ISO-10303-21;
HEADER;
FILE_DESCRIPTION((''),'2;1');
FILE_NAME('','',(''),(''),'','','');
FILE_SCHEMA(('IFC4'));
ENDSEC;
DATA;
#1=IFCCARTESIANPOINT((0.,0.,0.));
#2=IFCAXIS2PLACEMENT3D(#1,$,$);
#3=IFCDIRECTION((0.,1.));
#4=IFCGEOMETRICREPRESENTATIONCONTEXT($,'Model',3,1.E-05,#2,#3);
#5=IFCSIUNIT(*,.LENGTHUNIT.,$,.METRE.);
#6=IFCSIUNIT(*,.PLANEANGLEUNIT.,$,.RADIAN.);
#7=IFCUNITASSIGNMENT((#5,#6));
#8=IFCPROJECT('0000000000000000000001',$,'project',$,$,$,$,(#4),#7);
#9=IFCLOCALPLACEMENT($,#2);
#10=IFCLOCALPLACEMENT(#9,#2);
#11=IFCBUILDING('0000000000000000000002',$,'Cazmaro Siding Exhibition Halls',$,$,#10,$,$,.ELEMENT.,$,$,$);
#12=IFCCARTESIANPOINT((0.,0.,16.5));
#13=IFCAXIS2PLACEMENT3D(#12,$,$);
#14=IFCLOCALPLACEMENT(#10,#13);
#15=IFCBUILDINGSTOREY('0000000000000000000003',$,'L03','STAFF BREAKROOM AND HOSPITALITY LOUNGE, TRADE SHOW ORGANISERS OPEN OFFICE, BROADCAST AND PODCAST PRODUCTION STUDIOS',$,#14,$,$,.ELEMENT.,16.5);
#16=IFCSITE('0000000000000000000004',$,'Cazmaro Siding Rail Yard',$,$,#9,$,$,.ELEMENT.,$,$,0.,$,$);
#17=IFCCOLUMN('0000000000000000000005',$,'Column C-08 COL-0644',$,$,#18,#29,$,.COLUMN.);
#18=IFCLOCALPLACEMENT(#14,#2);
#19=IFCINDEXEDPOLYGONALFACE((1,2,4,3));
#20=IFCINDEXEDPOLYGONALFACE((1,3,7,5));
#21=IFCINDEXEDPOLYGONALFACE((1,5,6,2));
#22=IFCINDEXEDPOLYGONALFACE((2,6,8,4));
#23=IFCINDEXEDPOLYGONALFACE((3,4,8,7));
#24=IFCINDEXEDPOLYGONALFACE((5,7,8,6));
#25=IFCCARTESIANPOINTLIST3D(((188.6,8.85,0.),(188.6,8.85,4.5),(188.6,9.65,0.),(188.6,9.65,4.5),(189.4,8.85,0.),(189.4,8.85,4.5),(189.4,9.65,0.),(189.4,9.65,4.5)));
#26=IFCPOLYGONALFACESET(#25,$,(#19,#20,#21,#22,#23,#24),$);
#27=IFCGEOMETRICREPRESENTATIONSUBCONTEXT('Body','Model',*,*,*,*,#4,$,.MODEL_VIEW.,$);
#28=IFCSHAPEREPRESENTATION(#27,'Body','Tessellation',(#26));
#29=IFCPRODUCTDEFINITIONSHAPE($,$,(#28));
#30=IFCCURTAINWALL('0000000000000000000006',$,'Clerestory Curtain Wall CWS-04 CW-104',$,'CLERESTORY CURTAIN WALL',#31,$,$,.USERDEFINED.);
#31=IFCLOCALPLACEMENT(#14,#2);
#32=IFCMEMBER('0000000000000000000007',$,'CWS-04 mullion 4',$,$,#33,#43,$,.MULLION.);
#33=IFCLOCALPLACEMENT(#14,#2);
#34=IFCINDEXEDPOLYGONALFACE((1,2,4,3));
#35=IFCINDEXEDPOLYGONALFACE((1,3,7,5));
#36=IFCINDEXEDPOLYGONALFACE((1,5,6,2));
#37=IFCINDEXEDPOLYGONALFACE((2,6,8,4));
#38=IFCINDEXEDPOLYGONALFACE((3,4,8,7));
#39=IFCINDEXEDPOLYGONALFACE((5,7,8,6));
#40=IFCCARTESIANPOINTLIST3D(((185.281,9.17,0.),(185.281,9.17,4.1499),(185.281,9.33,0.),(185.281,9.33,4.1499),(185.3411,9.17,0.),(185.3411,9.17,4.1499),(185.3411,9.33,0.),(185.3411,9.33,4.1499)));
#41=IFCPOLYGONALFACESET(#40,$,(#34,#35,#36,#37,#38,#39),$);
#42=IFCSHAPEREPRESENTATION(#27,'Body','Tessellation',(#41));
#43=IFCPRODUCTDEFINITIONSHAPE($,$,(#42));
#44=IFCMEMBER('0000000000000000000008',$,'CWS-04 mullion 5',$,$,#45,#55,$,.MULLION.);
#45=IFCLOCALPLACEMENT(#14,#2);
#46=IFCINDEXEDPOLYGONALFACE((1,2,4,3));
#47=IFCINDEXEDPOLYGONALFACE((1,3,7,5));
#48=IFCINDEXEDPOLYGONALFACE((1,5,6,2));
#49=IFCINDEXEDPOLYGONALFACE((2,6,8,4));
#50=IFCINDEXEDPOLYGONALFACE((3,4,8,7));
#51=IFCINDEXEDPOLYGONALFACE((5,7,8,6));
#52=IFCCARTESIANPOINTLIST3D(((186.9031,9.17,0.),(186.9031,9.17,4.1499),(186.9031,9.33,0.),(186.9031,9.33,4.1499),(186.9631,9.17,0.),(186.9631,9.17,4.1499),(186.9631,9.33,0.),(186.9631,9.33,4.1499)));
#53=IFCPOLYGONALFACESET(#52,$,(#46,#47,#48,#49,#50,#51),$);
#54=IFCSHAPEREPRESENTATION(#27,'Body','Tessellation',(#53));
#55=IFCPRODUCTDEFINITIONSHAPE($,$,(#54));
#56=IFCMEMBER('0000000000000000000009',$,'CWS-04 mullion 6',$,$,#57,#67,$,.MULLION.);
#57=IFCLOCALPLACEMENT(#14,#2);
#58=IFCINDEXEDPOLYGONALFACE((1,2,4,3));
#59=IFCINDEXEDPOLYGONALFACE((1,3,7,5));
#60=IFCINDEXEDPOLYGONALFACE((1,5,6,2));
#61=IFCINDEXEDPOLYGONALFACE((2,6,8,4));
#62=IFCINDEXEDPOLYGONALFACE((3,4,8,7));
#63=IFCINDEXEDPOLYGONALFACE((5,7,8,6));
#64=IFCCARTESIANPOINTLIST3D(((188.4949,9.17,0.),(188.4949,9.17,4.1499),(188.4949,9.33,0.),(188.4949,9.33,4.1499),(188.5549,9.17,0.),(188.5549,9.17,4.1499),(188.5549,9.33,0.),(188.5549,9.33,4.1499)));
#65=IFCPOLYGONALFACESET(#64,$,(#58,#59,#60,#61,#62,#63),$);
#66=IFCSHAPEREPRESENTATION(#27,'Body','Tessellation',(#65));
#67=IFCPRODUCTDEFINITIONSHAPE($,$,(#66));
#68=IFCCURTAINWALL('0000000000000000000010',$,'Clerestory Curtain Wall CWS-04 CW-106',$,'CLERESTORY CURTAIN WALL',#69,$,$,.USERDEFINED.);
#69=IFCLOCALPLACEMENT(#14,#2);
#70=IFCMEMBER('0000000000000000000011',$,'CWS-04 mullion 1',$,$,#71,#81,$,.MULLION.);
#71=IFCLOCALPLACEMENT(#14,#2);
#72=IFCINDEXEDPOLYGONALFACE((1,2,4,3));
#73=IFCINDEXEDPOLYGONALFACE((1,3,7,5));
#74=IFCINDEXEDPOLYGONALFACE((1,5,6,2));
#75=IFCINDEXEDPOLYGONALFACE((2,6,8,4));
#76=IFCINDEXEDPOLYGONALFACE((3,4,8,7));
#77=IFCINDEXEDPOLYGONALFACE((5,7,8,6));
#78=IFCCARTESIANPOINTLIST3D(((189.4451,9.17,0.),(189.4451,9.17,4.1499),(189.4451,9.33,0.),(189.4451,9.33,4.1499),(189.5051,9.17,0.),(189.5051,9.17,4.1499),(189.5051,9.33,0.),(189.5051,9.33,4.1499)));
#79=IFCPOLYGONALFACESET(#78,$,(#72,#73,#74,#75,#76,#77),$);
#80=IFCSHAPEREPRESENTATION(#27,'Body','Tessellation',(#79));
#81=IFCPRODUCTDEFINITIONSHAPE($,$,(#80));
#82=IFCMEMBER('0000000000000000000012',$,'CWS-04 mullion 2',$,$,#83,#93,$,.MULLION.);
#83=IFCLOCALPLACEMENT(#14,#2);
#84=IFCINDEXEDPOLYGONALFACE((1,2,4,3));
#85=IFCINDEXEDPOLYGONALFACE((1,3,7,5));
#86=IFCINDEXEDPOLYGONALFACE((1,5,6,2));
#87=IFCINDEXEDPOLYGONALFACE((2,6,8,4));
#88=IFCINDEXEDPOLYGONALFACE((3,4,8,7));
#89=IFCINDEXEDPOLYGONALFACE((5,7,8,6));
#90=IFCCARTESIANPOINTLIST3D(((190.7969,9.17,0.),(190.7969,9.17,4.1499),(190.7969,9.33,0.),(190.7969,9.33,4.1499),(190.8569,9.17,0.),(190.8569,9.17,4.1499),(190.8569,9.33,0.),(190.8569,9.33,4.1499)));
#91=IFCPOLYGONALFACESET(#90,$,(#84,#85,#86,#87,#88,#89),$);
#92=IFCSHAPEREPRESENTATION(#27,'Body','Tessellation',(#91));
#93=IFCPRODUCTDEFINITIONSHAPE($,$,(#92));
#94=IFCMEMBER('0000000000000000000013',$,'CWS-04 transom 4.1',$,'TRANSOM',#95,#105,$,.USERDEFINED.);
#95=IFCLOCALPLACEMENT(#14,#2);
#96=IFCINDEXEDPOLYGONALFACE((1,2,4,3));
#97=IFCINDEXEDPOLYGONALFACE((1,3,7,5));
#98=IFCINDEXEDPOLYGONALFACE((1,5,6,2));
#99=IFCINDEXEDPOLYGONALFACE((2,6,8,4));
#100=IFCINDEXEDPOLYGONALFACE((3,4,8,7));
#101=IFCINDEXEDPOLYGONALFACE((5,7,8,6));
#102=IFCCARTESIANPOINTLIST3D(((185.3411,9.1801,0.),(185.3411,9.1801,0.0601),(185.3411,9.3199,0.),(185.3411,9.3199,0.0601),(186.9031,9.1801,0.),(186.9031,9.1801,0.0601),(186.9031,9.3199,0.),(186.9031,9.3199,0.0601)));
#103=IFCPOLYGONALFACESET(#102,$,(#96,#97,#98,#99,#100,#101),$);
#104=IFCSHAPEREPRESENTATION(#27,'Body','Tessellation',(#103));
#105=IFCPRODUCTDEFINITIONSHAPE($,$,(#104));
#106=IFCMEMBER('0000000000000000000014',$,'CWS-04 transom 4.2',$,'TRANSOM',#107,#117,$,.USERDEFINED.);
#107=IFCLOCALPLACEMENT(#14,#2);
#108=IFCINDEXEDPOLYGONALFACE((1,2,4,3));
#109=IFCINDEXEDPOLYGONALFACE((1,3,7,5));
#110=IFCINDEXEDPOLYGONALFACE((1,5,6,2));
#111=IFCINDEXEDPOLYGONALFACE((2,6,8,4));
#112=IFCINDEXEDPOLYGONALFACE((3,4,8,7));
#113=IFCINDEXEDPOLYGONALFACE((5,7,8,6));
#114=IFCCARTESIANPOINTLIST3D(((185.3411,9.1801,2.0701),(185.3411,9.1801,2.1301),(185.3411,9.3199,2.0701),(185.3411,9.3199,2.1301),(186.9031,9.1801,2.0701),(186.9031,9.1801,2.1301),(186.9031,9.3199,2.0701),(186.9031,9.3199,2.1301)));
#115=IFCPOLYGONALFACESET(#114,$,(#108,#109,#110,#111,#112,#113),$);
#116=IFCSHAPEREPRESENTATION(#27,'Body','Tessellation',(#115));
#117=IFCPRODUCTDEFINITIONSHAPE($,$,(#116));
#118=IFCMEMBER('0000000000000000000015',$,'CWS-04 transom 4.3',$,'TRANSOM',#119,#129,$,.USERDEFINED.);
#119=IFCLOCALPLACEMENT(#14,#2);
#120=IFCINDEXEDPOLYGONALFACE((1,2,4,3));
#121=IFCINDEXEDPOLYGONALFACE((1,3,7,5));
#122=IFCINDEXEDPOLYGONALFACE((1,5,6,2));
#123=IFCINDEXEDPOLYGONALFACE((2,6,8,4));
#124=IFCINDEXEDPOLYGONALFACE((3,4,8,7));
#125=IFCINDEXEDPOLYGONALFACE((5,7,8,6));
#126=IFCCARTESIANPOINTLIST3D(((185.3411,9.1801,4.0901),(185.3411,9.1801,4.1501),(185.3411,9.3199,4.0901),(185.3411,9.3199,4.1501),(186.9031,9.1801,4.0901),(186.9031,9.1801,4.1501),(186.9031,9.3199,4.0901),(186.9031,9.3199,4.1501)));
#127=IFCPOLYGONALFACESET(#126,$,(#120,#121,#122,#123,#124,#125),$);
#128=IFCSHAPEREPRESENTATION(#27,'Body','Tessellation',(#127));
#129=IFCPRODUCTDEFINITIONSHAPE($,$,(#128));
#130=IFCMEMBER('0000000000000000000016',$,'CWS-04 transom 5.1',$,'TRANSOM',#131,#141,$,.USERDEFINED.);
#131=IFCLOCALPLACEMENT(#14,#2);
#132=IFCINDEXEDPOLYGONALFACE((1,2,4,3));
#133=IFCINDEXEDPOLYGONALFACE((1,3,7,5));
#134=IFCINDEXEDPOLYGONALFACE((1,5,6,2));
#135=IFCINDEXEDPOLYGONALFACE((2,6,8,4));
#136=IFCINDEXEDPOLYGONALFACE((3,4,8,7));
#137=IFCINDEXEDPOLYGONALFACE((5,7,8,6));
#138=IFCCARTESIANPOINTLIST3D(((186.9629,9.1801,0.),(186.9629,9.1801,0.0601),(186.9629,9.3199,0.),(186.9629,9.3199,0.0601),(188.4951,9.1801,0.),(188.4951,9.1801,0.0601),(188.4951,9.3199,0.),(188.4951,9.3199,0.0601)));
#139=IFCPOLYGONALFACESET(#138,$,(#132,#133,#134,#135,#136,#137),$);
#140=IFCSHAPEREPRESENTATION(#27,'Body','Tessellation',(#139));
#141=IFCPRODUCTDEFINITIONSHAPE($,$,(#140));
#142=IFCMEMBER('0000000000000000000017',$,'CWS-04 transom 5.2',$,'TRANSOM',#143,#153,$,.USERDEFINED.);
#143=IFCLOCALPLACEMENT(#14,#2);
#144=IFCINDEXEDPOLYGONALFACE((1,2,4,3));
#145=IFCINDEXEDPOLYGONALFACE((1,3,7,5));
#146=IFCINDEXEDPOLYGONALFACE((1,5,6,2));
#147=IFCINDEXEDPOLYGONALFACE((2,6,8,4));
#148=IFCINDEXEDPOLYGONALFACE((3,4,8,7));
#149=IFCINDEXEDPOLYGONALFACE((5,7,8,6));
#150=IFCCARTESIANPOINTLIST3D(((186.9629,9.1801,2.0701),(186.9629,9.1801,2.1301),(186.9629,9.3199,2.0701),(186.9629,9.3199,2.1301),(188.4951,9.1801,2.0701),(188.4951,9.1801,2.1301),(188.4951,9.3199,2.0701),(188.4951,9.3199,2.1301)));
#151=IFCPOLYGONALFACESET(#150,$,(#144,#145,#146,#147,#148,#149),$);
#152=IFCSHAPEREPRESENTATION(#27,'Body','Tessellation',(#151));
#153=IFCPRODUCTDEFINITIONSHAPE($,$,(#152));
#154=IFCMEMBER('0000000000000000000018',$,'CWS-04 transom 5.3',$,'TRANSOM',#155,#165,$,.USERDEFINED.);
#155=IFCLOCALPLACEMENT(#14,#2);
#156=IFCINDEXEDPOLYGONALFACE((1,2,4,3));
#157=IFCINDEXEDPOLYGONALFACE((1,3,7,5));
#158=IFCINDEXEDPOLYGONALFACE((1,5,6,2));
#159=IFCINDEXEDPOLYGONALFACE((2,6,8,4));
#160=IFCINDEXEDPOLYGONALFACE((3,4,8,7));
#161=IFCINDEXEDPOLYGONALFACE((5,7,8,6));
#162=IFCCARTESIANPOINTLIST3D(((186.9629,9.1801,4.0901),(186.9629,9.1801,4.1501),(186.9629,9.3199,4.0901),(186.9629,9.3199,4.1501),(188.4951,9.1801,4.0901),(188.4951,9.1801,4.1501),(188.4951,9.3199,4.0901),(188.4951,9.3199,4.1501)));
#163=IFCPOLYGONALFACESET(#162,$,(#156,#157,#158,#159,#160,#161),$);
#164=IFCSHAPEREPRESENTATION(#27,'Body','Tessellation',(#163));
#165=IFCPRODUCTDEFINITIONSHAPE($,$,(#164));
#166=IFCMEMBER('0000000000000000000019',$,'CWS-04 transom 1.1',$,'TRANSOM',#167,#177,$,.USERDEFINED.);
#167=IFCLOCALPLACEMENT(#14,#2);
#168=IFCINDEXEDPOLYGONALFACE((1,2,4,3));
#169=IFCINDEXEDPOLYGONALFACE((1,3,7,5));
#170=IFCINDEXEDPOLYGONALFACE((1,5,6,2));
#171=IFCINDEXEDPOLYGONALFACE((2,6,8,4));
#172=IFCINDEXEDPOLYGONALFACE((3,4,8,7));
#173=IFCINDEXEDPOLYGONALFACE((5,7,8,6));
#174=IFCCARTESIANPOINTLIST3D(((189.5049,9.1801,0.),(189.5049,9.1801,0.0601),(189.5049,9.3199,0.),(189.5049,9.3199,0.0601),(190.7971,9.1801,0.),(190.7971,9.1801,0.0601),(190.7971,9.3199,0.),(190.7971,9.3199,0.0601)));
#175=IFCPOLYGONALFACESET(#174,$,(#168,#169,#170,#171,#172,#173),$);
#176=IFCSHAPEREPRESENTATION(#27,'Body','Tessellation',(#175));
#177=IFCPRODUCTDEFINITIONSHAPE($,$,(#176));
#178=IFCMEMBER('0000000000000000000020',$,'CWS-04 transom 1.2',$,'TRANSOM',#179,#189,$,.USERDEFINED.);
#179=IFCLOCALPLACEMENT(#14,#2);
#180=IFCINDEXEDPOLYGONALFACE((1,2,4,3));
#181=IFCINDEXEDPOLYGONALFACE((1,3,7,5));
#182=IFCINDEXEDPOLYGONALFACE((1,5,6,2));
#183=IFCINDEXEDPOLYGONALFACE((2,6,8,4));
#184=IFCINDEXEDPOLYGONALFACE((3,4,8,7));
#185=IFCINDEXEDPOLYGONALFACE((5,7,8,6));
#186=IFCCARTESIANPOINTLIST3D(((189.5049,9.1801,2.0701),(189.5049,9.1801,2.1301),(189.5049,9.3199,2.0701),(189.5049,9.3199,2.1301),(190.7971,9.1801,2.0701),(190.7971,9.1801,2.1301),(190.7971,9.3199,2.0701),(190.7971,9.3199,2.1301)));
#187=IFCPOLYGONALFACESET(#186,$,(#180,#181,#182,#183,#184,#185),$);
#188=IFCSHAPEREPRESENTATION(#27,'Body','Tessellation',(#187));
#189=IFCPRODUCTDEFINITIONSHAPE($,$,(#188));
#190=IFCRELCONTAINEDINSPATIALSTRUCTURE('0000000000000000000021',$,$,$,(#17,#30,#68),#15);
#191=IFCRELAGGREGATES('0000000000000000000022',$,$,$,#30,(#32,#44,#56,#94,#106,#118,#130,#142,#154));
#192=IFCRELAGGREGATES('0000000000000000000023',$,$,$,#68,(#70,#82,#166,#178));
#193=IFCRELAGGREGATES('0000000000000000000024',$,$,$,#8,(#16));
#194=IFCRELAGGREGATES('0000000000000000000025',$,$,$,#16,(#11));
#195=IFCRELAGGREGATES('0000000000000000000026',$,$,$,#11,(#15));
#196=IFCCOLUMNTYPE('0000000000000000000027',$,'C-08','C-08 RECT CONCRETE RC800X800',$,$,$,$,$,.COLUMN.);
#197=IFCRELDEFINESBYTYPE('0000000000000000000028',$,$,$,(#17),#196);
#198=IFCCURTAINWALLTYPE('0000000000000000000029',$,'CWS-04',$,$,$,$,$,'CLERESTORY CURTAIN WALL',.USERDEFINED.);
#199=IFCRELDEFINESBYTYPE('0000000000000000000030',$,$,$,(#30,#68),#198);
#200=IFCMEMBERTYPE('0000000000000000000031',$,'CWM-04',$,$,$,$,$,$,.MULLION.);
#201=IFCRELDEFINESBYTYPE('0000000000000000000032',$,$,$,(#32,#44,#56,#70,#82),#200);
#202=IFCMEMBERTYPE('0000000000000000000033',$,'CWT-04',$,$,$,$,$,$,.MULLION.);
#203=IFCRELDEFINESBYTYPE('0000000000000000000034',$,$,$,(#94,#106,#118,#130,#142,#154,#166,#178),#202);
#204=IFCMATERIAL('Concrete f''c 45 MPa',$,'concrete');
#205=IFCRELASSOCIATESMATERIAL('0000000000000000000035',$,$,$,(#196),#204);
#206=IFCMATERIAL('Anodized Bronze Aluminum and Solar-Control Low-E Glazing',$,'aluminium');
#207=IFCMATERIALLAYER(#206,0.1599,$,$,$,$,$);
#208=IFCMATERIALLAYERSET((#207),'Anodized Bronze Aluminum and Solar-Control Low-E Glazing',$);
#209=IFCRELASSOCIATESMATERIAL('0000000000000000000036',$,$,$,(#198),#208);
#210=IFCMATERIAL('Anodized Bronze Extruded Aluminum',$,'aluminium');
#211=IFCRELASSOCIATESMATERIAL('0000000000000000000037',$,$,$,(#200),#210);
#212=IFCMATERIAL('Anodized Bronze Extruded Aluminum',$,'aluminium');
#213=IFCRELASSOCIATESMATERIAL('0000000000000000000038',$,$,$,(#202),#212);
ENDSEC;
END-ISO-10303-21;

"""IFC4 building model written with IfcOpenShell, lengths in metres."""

from ifc_helpers import new_model, si_unit, direction, frame, origin, origin_2d, place, context, subcontext, project, spatial, rectangle, extrude, material, layer, layer_set, material_profile, profile_set, type_object, element, aggregate, save


model = new_model("IFC4")

# Units and contexts
model_context = context("Model", 3, precision=1e-05, world=origin(), true_north=direction((0.0, 1.0)))
body_context = subcontext(model_context, "Body", "Model", "MODEL_VIEW")
ifc_project = project(units=[si_unit("LENGTHUNIT", "METRE"), si_unit("PLANEANGLEUNIT", "RADIAN")], contexts=[model_context])

# Site, building, storey
site_placement = place(None, origin())
site = spatial("IfcSite", under=ifc_project, at=site_placement, Name="Cazmaro Siding Rail Yard", CompositionType="ELEMENT", RefElevation=0.0)
building_placement = place(site_placement, origin())
building = spatial("IfcBuilding", under=site, at=building_placement, Name="Cazmaro Siding Exhibition Halls", CompositionType="ELEMENT")
storey_placement = place(building_placement, frame((0.0, 0.0, 16.5)))
storey = spatial("IfcBuildingStorey", under=building, at=storey_placement, Name="L03", Description="STAFF BREAKROOM AND HOSPITALITY LOUNGE, TRADE SHOW ORGANISERS OPEN OFFICE, BROADCAST AND PODCAST PRODUCTION STUDIOS", CompositionType="ELEMENT", Elevation=16.5)

# Column
ifc_material_1 = material(Name="Concrete f'c 45 MPa", Category="concrete")
ifc_material_profile_1 = material_profile(ifc_material_1, rectangle(XDim=0.8, YDim=0.8, at=origin_2d()), Name="RC800X800")
ifc_profile_set_1 = profile_set([ifc_material_profile_1], Name="Concrete f'c 45 MPa")
column_type = type_object("IfcColumnType", Name="C-08", Description="C-08 RECT CONCRETE RC800X800", PredefinedType="COLUMN", material=ifc_profile_set_1)
column_placement = place(storey_placement, frame((189.0, 9.25, 0.0), z_axis=(0.0, 0.0, 1.0), x_axis=(1.0, 0.0, 0.0)))
element("IfcColumn", 1, at=column_placement, inside=storey, type_object=column_type, Name="Column C-08 COL-0644", PredefinedType="COLUMN", context=body_context, shape_type="SweptSolid", body=[
    extrude(rectangle(XDim=0.8, YDim=0.8, at=origin_2d()), origin(), (0.0, 0.0, 1.0), 4.5),
])

# Curtain walls, members
ifc_material_2 = material(Name="Anodized Bronze Aluminum and Solar-Control Low-E Glazing", Category="aluminium")
ifc_layer_1 = layer(ifc_material_2, 0.1599)
ifc_layer_set_1 = layer_set([ifc_layer_1], Name="Anodized Bronze Aluminum and Solar-Control Low-E Glazing")
curtain_wall_type = type_object("IfcCurtainWallType", Name="CWS-04", ElementType="CLERESTORY CURTAIN WALL", PredefinedType="USERDEFINED", material=ifc_layer_set_1)
curtain_wall_1_placement = place(storey_placement, origin())
curtain_wall_1 = element("IfcCurtainWall", 2, at=curtain_wall_1_placement, inside=storey, type_object=curtain_wall_type, Name="Clerestory Curtain Wall CWS-04 CW-104", ObjectType="CLERESTORY CURTAIN WALL", PredefinedType="USERDEFINED")
ifc_material_3 = material(Name="Anodized Bronze Extruded Aluminum", Category="aluminium")
ifc_material_profile_2 = material_profile(ifc_material_3, rectangle(XDim=0.1599, YDim=0.0601, at=origin_2d()), Name="CWM-04")
ifc_profile_set_2 = profile_set([ifc_material_profile_2], Name="Anodized Bronze Extruded Aluminum")
member_type_1 = type_object("IfcMemberType", Name="CWM-04", PredefinedType="MULLION", material=ifc_profile_set_2)
member_1_placement = place(storey_placement, frame((185.311, 9.25, 0.0), z_axis=(0.0, 0.0, 1.0), x_axis=(0.0, 1.0, 0.0)))
member_1 = element("IfcMember", 3, at=member_1_placement, type_object=member_type_1, Name="CWS-04 mullion 4", PredefinedType="MULLION", context=body_context, shape_type="SweptSolid", body=[
    extrude(rectangle(XDim=0.1599, YDim=0.0601, at=origin_2d()), origin(), (0.0, 0.0, 1.0), 4.1499),
])
member_2_placement = place(storey_placement, frame((186.9331, 9.25, 0.0), z_axis=(0.0, 0.0, 1.0), x_axis=(0.0, 1.0, 0.0)))
member_2 = element("IfcMember", 4, at=member_2_placement, type_object=member_type_1, Name="CWS-04 mullion 5", PredefinedType="MULLION", context=body_context, shape_type="SweptSolid", body=[
    extrude(rectangle(XDim=0.1599, YDim=0.0601, at=origin_2d()), origin(), (0.0, 0.0, 1.0), 4.1499),
])
member_3_placement = place(storey_placement, frame((188.5249, 9.25, 0.0), z_axis=(0.0, 0.0, 1.0), x_axis=(0.0, 1.0, 0.0)))
member_3 = element("IfcMember", 5, at=member_3_placement, type_object=member_type_1, Name="CWS-04 mullion 6", PredefinedType="MULLION", context=body_context, shape_type="SweptSolid", body=[
    extrude(rectangle(XDim=0.1599, YDim=0.0601, at=origin_2d()), origin(), (0.0, 0.0, 1.0), 4.1499),
])
curtain_wall_2_placement = place(storey_placement, origin())
curtain_wall_2 = element("IfcCurtainWall", 6, at=curtain_wall_2_placement, inside=storey, type_object=curtain_wall_type, Name="Clerestory Curtain Wall CWS-04 CW-106", ObjectType="CLERESTORY CURTAIN WALL", PredefinedType="USERDEFINED")
member_4_placement = place(storey_placement, frame((189.4751, 9.25, 0.0), z_axis=(0.0, 0.0, 1.0), x_axis=(0.0, 1.0, 0.0)))
member_4 = element("IfcMember", 7, at=member_4_placement, type_object=member_type_1, Name="CWS-04 mullion 1", PredefinedType="MULLION", context=body_context, shape_type="SweptSolid", body=[
    extrude(rectangle(XDim=0.1599, YDim=0.0601, at=origin_2d()), origin(), (0.0, 0.0, 1.0), 4.1499),
])
member_5_placement = place(storey_placement, frame((190.8269, 9.25, 0.0), z_axis=(0.0, 0.0, 1.0), x_axis=(0.0, 1.0, 0.0)))
member_5 = element("IfcMember", 8, at=member_5_placement, type_object=member_type_1, Name="CWS-04 mullion 2", PredefinedType="MULLION", context=body_context, shape_type="SweptSolid", body=[
    extrude(rectangle(XDim=0.1599, YDim=0.0601, at=origin_2d()), origin(), (0.0, 0.0, 1.0), 4.1499),
])

# Members
ifc_material_4 = material(Name="Anodized Bronze Extruded Aluminum", Category="aluminium")
ifc_material_profile_3 = material_profile(ifc_material_4, rectangle(XDim=0.1399, YDim=0.0601, at=origin_2d()), Name="CWT-04")
ifc_profile_set_3 = profile_set([ifc_material_profile_3], Name="Anodized Bronze Extruded Aluminum")
member_type_2 = type_object("IfcMemberType", Name="CWT-04", PredefinedType="MULLION", material=ifc_profile_set_3)
member_6_placement = place(storey_placement, frame((185.3411, 9.25, 0.03), z_axis=(1.0, 0.0, 0.0), x_axis=(0.0, 1.0, 0.0)))
member_6 = element("IfcMember", 9, at=member_6_placement, type_object=member_type_2, Name="CWS-04 transom 4.1", ObjectType="TRANSOM", PredefinedType="USERDEFINED", context=body_context, shape_type="SweptSolid", body=[
    extrude(rectangle(XDim=0.1399, YDim=0.0601, at=origin_2d()), origin(), (0.0, 0.0, 1.0), 1.562),
])
member_7_placement = place(storey_placement, frame((185.3411, 9.25, 2.1001), z_axis=(1.0, 0.0, 0.0), x_axis=(0.0, 1.0, 0.0)))
member_7 = element("IfcMember", 10, at=member_7_placement, type_object=member_type_2, Name="CWS-04 transom 4.2", ObjectType="TRANSOM", PredefinedType="USERDEFINED", context=body_context, shape_type="SweptSolid", body=[
    extrude(rectangle(XDim=0.1399, YDim=0.0601, at=origin_2d()), origin(), (0.0, 0.0, 1.0), 1.562),
])
member_8_placement = place(storey_placement, frame((185.3411, 9.25, 4.1201), z_axis=(1.0, 0.0, 0.0), x_axis=(0.0, 1.0, 0.0)))
member_8 = element("IfcMember", 11, at=member_8_placement, type_object=member_type_2, Name="CWS-04 transom 4.3", ObjectType="TRANSOM", PredefinedType="USERDEFINED", context=body_context, shape_type="SweptSolid", body=[
    extrude(rectangle(XDim=0.1399, YDim=0.0601, at=origin_2d()), origin(), (0.0, 0.0, 1.0), 1.562),
])
member_9_placement = place(storey_placement, frame((186.9629, 9.25, 0.03), z_axis=(1.0, 0.0, 0.0), x_axis=(0.0, 1.0, 0.0)))
member_9 = element("IfcMember", 12, at=member_9_placement, type_object=member_type_2, Name="CWS-04 transom 5.1", ObjectType="TRANSOM", PredefinedType="USERDEFINED", context=body_context, shape_type="SweptSolid", body=[
    extrude(rectangle(XDim=0.1399, YDim=0.0601, at=origin_2d()), origin(), (0.0, 0.0, 1.0), 1.5322),
])
member_10_placement = place(storey_placement, frame((186.9629, 9.25, 2.1001), z_axis=(1.0, 0.0, 0.0), x_axis=(0.0, 1.0, 0.0)))
member_10 = element("IfcMember", 13, at=member_10_placement, type_object=member_type_2, Name="CWS-04 transom 5.2", ObjectType="TRANSOM", PredefinedType="USERDEFINED", context=body_context, shape_type="SweptSolid", body=[
    extrude(rectangle(XDim=0.1399, YDim=0.0601, at=origin_2d()), origin(), (0.0, 0.0, 1.0), 1.5322),
])
member_11_placement = place(storey_placement, frame((186.9629, 9.25, 4.1201), z_axis=(1.0, 0.0, 0.0), x_axis=(0.0, 1.0, 0.0)))
member_11 = element("IfcMember", 14, at=member_11_placement, type_object=member_type_2, Name="CWS-04 transom 5.3", ObjectType="TRANSOM", PredefinedType="USERDEFINED", context=body_context, shape_type="SweptSolid", body=[
    extrude(rectangle(XDim=0.1399, YDim=0.0601, at=origin_2d()), origin(), (0.0, 0.0, 1.0), 1.5322),
])
member_12_placement = place(storey_placement, frame((189.5049, 9.25, 0.03), z_axis=(1.0, 0.0, 0.0), x_axis=(0.0, 1.0, 0.0)))
member_12 = element("IfcMember", 15, at=member_12_placement, type_object=member_type_2, Name="CWS-04 transom 1.1", ObjectType="TRANSOM", PredefinedType="USERDEFINED", context=body_context, shape_type="SweptSolid", body=[
    extrude(rectangle(XDim=0.1399, YDim=0.0601, at=origin_2d()), origin(), (0.0, 0.0, 1.0), 1.2922),
])
member_13_placement = place(storey_placement, frame((189.5049, 9.25, 2.1001), z_axis=(1.0, 0.0, 0.0), x_axis=(0.0, 1.0, 0.0)))
member_13 = element("IfcMember", 16, at=member_13_placement, type_object=member_type_2, Name="CWS-04 transom 1.2", ObjectType="TRANSOM", PredefinedType="USERDEFINED", context=body_context, shape_type="SweptSolid", body=[
    extrude(rectangle(XDim=0.1399, YDim=0.0601, at=origin_2d()), origin(), (0.0, 0.0, 1.0), 1.2922),
])

aggregate(curtain_wall_1, [member_1, member_2, member_3, member_6, member_7, member_8, member_9, member_10, member_11])
aggregate(curtain_wall_2, [member_4, member_5, member_12, member_13])

save(model, "model.ifc")
